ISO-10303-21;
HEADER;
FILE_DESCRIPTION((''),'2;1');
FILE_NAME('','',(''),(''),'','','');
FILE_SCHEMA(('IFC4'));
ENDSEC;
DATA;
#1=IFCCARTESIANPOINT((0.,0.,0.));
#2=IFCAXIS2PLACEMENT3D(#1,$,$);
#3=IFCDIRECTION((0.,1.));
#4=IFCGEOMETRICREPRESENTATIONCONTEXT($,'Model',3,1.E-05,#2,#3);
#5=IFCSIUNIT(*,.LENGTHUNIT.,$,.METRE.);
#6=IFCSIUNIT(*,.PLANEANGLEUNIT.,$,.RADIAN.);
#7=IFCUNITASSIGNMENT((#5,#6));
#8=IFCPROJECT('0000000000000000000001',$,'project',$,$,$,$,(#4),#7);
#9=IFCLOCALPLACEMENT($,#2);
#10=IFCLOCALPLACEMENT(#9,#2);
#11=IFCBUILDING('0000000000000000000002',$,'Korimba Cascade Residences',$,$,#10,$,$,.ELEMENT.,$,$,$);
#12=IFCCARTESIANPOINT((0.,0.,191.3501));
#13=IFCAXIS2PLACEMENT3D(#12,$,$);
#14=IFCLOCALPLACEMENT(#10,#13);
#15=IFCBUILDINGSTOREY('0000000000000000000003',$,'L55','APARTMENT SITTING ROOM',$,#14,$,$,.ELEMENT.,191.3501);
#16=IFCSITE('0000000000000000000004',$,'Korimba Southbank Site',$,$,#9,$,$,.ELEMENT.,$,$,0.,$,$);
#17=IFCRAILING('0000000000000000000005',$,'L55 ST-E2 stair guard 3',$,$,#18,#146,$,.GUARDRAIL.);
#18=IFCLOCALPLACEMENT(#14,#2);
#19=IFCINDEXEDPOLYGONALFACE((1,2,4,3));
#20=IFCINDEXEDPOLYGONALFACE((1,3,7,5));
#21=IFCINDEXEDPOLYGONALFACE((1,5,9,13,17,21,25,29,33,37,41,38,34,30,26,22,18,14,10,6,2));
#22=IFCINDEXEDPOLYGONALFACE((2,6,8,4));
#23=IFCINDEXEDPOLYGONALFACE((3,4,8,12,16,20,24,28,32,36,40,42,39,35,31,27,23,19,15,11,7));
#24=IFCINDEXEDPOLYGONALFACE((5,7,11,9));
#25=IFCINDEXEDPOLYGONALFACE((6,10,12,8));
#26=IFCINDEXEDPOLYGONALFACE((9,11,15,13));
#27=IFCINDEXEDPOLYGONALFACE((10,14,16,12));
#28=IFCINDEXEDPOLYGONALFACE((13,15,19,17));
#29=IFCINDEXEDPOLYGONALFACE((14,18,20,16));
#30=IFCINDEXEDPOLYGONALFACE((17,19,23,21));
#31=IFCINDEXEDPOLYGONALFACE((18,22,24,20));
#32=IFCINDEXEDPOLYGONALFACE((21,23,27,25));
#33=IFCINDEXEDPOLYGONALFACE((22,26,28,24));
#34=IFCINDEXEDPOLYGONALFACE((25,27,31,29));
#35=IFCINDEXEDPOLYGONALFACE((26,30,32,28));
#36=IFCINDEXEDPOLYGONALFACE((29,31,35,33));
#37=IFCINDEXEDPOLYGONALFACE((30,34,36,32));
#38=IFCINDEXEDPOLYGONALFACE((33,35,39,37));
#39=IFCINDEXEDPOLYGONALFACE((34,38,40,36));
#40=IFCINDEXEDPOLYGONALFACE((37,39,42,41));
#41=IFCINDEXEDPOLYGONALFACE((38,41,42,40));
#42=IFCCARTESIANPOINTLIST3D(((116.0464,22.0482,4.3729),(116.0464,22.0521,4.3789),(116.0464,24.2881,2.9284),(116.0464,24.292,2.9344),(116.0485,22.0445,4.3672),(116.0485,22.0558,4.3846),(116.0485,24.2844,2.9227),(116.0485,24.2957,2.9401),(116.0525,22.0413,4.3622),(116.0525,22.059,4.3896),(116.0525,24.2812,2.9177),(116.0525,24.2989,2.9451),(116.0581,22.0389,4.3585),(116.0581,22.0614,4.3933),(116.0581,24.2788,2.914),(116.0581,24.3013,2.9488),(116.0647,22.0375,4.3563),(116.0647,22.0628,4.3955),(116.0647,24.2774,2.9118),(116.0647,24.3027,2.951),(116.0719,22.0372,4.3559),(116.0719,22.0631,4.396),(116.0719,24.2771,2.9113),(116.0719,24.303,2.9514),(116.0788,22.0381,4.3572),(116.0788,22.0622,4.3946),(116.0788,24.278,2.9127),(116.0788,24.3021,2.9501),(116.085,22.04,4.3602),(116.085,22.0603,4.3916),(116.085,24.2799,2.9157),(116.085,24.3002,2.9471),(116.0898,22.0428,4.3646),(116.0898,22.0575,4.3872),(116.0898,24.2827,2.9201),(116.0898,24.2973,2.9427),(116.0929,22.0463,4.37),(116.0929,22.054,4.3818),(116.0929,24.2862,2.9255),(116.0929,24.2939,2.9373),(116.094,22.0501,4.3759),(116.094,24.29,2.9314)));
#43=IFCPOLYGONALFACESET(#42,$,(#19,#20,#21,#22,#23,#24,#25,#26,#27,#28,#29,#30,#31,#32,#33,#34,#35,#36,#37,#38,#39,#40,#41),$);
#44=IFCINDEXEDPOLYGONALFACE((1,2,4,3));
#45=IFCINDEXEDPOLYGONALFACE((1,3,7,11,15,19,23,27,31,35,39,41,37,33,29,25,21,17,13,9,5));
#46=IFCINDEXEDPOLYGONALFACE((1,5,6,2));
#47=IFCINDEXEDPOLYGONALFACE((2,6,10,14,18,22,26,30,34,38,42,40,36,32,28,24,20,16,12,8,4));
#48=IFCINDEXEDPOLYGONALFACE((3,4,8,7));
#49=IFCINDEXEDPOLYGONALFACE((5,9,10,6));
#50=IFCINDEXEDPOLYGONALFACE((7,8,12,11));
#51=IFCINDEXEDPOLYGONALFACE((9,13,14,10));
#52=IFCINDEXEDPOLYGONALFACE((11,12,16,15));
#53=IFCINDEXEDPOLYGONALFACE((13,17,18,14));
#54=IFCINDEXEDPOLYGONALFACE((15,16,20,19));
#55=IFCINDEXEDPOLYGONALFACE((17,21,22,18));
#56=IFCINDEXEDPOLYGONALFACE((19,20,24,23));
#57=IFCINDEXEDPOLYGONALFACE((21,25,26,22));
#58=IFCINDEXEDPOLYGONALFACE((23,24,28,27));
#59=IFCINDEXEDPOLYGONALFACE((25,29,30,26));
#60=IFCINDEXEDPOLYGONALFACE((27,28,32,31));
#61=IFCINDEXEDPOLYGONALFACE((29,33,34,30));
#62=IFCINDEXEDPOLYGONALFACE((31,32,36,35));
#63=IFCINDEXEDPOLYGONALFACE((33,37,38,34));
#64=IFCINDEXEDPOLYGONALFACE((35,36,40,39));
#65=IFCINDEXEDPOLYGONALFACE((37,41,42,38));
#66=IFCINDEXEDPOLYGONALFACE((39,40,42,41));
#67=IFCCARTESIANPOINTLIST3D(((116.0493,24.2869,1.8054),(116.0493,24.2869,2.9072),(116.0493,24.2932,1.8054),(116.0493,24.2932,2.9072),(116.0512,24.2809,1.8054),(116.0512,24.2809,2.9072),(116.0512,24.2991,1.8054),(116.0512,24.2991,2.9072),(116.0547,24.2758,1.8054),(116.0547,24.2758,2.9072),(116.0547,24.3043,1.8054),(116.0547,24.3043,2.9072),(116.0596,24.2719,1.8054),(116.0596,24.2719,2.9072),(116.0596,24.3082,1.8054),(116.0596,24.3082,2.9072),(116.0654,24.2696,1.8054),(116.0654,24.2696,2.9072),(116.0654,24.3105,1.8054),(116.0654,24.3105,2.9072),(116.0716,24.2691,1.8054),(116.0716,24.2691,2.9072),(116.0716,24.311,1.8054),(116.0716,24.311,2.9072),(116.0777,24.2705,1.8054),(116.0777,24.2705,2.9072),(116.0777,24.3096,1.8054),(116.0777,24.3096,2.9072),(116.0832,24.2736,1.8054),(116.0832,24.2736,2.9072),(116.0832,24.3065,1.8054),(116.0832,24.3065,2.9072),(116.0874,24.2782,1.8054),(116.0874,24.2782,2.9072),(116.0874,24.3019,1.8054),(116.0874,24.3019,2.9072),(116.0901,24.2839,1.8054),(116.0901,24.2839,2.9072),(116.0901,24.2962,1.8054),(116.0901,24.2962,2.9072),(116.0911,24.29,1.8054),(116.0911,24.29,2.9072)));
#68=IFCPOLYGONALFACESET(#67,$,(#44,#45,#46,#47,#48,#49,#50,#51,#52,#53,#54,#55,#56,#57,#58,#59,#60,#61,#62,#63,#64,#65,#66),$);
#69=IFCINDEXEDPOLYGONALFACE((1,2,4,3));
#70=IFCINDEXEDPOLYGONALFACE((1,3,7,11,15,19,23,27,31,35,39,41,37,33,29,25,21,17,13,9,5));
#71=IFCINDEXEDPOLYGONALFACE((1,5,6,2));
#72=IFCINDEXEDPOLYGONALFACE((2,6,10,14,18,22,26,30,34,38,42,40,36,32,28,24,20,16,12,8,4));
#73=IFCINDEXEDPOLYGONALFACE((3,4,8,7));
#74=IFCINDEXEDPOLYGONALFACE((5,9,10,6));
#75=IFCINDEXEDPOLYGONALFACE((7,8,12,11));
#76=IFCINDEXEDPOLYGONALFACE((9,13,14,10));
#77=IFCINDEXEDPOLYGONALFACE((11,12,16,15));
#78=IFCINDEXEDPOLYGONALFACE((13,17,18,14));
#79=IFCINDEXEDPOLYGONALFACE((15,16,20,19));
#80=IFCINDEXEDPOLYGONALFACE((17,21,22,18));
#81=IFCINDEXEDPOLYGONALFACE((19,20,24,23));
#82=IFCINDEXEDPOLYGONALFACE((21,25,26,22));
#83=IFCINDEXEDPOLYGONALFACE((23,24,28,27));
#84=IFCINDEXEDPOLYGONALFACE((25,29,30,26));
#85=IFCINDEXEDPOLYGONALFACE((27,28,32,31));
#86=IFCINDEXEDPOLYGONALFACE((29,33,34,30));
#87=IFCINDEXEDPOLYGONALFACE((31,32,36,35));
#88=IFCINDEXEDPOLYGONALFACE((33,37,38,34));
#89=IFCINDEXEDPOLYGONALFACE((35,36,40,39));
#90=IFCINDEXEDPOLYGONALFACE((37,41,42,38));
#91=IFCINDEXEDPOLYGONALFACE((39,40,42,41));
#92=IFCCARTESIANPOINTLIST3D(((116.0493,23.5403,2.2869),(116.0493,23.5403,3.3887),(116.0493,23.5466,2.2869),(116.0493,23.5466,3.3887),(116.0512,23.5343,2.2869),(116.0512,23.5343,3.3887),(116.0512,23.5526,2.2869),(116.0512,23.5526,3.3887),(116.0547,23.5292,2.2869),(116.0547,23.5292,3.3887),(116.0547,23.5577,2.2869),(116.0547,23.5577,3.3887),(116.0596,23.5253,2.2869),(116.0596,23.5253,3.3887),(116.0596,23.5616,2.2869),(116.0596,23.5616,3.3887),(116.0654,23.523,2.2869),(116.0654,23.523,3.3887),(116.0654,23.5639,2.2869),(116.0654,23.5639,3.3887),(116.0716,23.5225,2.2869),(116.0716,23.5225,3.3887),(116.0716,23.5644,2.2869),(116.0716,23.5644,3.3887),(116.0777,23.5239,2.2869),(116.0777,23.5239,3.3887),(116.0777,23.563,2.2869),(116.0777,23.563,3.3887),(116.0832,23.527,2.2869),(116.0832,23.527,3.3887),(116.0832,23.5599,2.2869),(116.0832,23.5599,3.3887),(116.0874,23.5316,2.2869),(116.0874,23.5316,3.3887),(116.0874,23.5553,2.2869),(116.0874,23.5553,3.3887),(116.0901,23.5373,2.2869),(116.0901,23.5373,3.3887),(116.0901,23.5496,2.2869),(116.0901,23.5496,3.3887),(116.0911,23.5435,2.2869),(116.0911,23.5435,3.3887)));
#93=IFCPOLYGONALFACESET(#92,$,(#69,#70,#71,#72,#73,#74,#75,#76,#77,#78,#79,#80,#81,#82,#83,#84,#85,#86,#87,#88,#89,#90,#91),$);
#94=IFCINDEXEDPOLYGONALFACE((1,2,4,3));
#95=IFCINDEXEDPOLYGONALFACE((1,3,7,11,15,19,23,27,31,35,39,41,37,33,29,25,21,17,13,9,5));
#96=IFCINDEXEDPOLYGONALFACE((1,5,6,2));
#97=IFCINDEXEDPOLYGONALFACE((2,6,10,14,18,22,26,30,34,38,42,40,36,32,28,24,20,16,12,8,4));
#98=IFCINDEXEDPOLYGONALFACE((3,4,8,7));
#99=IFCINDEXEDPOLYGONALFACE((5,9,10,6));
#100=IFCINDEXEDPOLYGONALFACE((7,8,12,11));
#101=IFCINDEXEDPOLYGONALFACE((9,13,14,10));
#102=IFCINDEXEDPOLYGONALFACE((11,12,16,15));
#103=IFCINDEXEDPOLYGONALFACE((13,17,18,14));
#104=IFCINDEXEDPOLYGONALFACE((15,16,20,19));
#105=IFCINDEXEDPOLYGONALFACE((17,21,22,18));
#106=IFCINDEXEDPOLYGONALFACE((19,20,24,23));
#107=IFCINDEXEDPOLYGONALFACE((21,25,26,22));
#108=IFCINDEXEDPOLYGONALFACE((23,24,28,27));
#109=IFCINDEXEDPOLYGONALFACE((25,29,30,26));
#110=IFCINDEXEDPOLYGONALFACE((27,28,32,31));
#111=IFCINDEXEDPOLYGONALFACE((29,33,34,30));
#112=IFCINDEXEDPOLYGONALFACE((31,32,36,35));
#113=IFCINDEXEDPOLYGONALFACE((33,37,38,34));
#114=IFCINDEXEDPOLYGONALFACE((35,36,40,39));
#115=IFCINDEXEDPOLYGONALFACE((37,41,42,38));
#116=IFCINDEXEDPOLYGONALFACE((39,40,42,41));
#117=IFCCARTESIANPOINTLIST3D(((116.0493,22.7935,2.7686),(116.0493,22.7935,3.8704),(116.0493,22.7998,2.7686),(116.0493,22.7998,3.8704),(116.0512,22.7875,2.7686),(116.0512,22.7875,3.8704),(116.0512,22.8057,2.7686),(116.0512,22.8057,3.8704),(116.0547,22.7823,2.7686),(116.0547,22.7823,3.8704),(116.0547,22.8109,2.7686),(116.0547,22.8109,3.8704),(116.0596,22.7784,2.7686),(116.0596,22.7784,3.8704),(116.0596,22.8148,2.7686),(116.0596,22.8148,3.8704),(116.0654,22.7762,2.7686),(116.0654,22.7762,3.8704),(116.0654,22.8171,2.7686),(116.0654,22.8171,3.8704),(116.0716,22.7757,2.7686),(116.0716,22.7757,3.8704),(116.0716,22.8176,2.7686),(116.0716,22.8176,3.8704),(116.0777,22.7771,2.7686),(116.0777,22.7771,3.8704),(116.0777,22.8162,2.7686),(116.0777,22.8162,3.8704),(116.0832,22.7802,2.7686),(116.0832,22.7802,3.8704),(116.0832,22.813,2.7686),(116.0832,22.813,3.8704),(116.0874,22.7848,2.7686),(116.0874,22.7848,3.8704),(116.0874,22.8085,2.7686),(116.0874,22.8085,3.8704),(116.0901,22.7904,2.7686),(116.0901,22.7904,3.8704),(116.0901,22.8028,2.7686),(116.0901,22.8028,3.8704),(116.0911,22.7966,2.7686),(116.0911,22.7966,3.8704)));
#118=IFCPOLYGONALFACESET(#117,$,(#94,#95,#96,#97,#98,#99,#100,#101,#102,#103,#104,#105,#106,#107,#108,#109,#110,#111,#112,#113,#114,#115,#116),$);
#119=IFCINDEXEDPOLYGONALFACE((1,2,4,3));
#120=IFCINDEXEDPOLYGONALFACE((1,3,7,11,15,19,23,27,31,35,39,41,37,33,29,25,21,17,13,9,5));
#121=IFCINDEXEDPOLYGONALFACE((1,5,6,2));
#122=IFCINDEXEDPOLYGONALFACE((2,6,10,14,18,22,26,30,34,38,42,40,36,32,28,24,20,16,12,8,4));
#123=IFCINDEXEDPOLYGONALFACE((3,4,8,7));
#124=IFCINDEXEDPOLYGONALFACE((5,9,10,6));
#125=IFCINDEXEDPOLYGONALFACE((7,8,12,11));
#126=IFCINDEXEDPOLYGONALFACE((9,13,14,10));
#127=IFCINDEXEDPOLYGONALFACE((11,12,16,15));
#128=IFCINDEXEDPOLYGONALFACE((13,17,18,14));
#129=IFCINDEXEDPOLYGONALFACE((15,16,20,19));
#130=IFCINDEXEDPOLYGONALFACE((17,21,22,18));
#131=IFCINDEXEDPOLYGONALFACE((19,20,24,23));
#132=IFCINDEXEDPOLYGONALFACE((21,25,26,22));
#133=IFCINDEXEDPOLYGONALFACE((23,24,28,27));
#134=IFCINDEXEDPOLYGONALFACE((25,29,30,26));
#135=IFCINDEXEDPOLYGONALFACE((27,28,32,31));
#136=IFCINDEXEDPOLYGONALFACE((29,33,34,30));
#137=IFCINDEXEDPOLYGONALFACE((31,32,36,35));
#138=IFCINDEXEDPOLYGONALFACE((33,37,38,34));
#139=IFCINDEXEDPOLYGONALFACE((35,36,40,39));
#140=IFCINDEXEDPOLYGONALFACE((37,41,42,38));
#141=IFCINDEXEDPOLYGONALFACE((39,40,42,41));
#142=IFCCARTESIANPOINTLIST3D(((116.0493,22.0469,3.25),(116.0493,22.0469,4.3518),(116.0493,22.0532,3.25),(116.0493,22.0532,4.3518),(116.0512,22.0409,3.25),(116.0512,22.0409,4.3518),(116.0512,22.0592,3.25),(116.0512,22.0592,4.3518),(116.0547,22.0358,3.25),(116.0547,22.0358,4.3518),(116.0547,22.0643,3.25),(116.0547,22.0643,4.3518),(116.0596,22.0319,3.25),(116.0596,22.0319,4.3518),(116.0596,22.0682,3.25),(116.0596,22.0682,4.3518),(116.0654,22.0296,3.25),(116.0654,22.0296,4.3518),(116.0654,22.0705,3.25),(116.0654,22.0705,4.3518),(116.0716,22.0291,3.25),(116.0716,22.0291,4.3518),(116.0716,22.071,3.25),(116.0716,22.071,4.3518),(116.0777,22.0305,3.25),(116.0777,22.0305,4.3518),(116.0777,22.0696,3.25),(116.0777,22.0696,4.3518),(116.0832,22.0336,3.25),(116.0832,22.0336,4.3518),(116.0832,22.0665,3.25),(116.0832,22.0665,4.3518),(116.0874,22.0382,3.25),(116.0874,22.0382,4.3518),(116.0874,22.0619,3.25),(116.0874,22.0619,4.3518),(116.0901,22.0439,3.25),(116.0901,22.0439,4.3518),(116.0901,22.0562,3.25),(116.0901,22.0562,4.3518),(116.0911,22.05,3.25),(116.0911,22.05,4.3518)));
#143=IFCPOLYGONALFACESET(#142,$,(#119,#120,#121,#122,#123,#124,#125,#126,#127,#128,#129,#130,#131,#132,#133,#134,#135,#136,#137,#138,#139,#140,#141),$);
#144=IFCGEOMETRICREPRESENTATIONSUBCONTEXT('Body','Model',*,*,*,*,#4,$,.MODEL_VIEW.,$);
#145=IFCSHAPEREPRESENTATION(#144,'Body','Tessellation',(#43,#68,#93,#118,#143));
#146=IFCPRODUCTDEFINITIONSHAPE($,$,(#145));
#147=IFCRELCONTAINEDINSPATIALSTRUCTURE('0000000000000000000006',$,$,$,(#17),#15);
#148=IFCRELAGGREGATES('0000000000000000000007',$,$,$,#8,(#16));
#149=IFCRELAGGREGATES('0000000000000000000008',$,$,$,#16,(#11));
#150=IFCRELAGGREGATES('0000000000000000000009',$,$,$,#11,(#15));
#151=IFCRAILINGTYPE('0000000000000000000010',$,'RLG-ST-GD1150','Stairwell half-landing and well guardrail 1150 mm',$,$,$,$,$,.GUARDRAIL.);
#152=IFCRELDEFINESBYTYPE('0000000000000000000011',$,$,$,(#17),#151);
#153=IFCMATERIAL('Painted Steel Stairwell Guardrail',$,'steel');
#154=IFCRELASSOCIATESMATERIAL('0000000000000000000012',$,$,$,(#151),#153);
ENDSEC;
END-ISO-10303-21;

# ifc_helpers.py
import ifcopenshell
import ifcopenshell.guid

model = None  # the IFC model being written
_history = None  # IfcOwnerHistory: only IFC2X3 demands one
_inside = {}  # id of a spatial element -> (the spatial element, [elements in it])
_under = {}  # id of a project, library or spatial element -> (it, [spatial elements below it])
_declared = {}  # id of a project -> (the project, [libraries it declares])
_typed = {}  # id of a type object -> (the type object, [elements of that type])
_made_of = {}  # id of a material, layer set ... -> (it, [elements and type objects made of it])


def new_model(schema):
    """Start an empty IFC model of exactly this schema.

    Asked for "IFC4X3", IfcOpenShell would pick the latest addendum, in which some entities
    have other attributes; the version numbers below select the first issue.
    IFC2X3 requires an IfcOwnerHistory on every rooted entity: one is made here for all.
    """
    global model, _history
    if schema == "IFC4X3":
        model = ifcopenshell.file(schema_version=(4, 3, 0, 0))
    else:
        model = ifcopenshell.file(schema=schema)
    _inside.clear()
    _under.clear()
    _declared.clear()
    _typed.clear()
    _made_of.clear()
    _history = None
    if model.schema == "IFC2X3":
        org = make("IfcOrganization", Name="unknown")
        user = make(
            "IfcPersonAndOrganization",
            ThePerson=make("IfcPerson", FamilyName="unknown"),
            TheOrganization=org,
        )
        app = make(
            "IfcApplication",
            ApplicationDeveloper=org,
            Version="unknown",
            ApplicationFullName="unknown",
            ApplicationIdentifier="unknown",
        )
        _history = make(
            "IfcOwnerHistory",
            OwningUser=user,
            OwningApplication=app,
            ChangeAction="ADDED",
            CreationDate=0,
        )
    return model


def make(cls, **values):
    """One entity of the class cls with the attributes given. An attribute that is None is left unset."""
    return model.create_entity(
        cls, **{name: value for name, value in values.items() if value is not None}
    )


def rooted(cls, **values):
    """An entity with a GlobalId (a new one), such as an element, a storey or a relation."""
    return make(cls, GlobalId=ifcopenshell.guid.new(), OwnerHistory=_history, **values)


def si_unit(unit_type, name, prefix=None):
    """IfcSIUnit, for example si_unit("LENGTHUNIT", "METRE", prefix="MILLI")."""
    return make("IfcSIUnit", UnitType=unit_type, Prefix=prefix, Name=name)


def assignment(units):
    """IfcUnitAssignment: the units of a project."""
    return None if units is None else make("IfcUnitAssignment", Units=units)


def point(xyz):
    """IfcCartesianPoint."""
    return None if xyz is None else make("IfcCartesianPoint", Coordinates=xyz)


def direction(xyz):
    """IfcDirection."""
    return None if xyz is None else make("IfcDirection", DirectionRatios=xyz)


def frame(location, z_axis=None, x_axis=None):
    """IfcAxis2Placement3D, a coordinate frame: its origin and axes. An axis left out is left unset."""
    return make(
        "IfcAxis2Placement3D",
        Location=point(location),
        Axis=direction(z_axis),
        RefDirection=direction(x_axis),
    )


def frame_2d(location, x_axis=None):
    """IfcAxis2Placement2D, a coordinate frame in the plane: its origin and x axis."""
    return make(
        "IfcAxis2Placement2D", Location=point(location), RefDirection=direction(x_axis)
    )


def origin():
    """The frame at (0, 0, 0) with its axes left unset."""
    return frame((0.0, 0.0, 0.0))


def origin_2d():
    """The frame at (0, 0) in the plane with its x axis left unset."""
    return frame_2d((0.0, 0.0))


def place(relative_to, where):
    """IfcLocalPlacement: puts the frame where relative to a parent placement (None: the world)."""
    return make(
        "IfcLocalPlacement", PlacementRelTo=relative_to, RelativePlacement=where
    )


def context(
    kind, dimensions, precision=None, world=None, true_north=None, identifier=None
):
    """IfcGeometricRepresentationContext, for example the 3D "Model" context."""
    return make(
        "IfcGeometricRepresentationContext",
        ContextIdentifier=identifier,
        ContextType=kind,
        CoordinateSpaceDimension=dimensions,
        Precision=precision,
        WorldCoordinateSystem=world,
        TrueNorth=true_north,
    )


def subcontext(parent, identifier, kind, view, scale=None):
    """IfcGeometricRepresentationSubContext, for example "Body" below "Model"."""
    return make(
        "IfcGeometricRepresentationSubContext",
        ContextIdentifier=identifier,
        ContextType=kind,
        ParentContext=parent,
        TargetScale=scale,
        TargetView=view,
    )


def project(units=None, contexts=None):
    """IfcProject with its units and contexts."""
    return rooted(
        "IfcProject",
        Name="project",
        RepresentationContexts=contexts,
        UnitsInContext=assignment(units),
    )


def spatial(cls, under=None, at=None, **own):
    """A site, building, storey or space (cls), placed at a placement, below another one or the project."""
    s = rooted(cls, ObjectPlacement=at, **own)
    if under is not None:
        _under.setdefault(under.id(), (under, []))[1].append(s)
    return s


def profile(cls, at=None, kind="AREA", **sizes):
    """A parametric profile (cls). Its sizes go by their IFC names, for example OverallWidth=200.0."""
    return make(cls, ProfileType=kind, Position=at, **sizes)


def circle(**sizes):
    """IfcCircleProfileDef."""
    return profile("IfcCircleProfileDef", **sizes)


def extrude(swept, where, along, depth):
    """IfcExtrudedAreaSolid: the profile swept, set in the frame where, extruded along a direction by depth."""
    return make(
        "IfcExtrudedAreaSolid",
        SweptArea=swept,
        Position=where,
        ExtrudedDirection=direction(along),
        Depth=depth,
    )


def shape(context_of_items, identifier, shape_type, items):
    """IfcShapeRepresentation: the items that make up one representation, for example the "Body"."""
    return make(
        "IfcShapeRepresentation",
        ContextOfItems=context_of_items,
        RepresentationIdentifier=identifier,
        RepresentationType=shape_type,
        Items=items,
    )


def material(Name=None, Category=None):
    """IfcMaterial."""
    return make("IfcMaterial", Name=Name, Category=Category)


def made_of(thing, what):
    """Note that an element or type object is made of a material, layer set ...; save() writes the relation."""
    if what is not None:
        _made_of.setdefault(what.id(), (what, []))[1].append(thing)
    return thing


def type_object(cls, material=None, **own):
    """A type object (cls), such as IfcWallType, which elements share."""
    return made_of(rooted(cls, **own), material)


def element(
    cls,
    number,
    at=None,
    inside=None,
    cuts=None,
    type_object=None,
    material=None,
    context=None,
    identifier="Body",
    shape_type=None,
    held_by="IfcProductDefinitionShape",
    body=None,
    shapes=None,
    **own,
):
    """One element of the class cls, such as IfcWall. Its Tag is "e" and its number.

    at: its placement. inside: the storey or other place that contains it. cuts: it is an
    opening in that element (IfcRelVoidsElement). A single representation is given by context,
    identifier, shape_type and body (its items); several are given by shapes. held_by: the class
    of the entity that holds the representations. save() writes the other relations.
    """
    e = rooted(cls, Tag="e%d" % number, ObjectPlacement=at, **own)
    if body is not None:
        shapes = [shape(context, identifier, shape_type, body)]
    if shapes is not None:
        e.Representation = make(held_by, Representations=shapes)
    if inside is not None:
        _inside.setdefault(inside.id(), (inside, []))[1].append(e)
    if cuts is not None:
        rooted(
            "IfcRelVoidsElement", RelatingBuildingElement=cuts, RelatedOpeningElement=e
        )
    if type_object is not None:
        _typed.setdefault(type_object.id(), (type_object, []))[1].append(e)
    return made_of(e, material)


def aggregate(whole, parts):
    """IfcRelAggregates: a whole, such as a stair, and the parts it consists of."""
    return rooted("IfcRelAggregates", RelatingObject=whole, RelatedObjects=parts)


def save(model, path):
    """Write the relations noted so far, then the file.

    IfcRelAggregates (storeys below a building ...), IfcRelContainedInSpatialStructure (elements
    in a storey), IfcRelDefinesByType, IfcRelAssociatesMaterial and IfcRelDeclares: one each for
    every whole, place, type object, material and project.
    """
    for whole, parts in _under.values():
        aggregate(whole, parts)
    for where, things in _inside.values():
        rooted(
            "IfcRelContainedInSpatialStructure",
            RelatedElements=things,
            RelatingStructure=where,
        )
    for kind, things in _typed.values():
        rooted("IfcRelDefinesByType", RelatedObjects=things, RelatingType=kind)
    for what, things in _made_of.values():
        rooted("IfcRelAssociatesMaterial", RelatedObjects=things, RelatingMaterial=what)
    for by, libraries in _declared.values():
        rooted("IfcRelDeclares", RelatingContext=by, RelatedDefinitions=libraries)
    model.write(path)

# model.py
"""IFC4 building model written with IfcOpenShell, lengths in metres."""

from ifc_helpers import new_model, si_unit, direction, frame, origin, origin_2d, place, context, subcontext, project, spatial, circle, extrude, material, type_object, element, save


model = new_model("IFC4")

# Units and contexts
model_context = context("Model", 3, precision=1e-05, world=origin(), true_north=direction((0.0, 1.0)))
body_context = subcontext(model_context, "Body", "Model", "MODEL_VIEW")
ifc_project = project(units=[si_unit("LENGTHUNIT", "METRE"), si_unit("PLANEANGLEUNIT", "RADIAN")], contexts=[model_context])

# Site, building, storey
site_placement = place(None, origin())
site = spatial("IfcSite", under=ifc_project, at=site_placement, Name="Korimba Southbank Site", CompositionType="ELEMENT", RefElevation=0.0)
building_placement = place(site_placement, origin())
building = spatial("IfcBuilding", under=site, at=building_placement, Name="Korimba Cascade Residences", CompositionType="ELEMENT")
storey_placement = place(building_placement, frame((0.0, 0.0, 191.3501)))
storey = spatial("IfcBuildingStorey", under=building, at=storey_placement, Name="L55", Description="APARTMENT SITTING ROOM", CompositionType="ELEMENT", Elevation=191.3501)

# Railing
ifc_material_1 = material(Name="Painted Steel Stairwell Guardrail", Category="steel")
railing_type_1 = type_object("IfcRailingType", Name="RLG-ST-GD1150", Description="Stairwell half-landing and well guardrail 1150 mm", PredefinedType="GUARDRAIL", material=ifc_material_1)
railing_1_placement = place(storey_placement, frame((116.0701, 24.29, 1.8054)))
element("IfcRailing", 1, at=railing_1_placement, inside=storey, type_object=railing_type_1, Name="L55 ST-E2 stair guard 3", PredefinedType="GUARDRAIL", context=body_context, shape_type="SweptSolid", body=[
    extrude(circle(Radius=0.0239, at=origin_2d()), frame((0.0, 0.0, 1.126), z_axis=(0.0, -0.840395, 0.541975), x_axis=(1.0, 0.0, 0.0)), (0.0, 0.0, 1.0), 2.6653),
    extrude(circle(Radius=0.021, at=origin_2d()), origin(), (0.0, 0.0, 1.0), 1.1018),
    extrude(circle(Radius=0.021, at=origin_2d()), frame((0.0, -0.7466, 0.4814)), (0.0, 0.0, 1.0), 1.1018),
    extrude(circle(Radius=0.021, at=origin_2d()), frame((0.0, -1.4934, 0.9631)), (0.0, 0.0, 1.0), 1.1018),
    extrude(circle(Radius=0.021, at=origin_2d()), frame((0.0, -2.24, 1.4446)), (0.0, 0.0, 1.0), 1.1018),
])

save(model, "model.ifc")
